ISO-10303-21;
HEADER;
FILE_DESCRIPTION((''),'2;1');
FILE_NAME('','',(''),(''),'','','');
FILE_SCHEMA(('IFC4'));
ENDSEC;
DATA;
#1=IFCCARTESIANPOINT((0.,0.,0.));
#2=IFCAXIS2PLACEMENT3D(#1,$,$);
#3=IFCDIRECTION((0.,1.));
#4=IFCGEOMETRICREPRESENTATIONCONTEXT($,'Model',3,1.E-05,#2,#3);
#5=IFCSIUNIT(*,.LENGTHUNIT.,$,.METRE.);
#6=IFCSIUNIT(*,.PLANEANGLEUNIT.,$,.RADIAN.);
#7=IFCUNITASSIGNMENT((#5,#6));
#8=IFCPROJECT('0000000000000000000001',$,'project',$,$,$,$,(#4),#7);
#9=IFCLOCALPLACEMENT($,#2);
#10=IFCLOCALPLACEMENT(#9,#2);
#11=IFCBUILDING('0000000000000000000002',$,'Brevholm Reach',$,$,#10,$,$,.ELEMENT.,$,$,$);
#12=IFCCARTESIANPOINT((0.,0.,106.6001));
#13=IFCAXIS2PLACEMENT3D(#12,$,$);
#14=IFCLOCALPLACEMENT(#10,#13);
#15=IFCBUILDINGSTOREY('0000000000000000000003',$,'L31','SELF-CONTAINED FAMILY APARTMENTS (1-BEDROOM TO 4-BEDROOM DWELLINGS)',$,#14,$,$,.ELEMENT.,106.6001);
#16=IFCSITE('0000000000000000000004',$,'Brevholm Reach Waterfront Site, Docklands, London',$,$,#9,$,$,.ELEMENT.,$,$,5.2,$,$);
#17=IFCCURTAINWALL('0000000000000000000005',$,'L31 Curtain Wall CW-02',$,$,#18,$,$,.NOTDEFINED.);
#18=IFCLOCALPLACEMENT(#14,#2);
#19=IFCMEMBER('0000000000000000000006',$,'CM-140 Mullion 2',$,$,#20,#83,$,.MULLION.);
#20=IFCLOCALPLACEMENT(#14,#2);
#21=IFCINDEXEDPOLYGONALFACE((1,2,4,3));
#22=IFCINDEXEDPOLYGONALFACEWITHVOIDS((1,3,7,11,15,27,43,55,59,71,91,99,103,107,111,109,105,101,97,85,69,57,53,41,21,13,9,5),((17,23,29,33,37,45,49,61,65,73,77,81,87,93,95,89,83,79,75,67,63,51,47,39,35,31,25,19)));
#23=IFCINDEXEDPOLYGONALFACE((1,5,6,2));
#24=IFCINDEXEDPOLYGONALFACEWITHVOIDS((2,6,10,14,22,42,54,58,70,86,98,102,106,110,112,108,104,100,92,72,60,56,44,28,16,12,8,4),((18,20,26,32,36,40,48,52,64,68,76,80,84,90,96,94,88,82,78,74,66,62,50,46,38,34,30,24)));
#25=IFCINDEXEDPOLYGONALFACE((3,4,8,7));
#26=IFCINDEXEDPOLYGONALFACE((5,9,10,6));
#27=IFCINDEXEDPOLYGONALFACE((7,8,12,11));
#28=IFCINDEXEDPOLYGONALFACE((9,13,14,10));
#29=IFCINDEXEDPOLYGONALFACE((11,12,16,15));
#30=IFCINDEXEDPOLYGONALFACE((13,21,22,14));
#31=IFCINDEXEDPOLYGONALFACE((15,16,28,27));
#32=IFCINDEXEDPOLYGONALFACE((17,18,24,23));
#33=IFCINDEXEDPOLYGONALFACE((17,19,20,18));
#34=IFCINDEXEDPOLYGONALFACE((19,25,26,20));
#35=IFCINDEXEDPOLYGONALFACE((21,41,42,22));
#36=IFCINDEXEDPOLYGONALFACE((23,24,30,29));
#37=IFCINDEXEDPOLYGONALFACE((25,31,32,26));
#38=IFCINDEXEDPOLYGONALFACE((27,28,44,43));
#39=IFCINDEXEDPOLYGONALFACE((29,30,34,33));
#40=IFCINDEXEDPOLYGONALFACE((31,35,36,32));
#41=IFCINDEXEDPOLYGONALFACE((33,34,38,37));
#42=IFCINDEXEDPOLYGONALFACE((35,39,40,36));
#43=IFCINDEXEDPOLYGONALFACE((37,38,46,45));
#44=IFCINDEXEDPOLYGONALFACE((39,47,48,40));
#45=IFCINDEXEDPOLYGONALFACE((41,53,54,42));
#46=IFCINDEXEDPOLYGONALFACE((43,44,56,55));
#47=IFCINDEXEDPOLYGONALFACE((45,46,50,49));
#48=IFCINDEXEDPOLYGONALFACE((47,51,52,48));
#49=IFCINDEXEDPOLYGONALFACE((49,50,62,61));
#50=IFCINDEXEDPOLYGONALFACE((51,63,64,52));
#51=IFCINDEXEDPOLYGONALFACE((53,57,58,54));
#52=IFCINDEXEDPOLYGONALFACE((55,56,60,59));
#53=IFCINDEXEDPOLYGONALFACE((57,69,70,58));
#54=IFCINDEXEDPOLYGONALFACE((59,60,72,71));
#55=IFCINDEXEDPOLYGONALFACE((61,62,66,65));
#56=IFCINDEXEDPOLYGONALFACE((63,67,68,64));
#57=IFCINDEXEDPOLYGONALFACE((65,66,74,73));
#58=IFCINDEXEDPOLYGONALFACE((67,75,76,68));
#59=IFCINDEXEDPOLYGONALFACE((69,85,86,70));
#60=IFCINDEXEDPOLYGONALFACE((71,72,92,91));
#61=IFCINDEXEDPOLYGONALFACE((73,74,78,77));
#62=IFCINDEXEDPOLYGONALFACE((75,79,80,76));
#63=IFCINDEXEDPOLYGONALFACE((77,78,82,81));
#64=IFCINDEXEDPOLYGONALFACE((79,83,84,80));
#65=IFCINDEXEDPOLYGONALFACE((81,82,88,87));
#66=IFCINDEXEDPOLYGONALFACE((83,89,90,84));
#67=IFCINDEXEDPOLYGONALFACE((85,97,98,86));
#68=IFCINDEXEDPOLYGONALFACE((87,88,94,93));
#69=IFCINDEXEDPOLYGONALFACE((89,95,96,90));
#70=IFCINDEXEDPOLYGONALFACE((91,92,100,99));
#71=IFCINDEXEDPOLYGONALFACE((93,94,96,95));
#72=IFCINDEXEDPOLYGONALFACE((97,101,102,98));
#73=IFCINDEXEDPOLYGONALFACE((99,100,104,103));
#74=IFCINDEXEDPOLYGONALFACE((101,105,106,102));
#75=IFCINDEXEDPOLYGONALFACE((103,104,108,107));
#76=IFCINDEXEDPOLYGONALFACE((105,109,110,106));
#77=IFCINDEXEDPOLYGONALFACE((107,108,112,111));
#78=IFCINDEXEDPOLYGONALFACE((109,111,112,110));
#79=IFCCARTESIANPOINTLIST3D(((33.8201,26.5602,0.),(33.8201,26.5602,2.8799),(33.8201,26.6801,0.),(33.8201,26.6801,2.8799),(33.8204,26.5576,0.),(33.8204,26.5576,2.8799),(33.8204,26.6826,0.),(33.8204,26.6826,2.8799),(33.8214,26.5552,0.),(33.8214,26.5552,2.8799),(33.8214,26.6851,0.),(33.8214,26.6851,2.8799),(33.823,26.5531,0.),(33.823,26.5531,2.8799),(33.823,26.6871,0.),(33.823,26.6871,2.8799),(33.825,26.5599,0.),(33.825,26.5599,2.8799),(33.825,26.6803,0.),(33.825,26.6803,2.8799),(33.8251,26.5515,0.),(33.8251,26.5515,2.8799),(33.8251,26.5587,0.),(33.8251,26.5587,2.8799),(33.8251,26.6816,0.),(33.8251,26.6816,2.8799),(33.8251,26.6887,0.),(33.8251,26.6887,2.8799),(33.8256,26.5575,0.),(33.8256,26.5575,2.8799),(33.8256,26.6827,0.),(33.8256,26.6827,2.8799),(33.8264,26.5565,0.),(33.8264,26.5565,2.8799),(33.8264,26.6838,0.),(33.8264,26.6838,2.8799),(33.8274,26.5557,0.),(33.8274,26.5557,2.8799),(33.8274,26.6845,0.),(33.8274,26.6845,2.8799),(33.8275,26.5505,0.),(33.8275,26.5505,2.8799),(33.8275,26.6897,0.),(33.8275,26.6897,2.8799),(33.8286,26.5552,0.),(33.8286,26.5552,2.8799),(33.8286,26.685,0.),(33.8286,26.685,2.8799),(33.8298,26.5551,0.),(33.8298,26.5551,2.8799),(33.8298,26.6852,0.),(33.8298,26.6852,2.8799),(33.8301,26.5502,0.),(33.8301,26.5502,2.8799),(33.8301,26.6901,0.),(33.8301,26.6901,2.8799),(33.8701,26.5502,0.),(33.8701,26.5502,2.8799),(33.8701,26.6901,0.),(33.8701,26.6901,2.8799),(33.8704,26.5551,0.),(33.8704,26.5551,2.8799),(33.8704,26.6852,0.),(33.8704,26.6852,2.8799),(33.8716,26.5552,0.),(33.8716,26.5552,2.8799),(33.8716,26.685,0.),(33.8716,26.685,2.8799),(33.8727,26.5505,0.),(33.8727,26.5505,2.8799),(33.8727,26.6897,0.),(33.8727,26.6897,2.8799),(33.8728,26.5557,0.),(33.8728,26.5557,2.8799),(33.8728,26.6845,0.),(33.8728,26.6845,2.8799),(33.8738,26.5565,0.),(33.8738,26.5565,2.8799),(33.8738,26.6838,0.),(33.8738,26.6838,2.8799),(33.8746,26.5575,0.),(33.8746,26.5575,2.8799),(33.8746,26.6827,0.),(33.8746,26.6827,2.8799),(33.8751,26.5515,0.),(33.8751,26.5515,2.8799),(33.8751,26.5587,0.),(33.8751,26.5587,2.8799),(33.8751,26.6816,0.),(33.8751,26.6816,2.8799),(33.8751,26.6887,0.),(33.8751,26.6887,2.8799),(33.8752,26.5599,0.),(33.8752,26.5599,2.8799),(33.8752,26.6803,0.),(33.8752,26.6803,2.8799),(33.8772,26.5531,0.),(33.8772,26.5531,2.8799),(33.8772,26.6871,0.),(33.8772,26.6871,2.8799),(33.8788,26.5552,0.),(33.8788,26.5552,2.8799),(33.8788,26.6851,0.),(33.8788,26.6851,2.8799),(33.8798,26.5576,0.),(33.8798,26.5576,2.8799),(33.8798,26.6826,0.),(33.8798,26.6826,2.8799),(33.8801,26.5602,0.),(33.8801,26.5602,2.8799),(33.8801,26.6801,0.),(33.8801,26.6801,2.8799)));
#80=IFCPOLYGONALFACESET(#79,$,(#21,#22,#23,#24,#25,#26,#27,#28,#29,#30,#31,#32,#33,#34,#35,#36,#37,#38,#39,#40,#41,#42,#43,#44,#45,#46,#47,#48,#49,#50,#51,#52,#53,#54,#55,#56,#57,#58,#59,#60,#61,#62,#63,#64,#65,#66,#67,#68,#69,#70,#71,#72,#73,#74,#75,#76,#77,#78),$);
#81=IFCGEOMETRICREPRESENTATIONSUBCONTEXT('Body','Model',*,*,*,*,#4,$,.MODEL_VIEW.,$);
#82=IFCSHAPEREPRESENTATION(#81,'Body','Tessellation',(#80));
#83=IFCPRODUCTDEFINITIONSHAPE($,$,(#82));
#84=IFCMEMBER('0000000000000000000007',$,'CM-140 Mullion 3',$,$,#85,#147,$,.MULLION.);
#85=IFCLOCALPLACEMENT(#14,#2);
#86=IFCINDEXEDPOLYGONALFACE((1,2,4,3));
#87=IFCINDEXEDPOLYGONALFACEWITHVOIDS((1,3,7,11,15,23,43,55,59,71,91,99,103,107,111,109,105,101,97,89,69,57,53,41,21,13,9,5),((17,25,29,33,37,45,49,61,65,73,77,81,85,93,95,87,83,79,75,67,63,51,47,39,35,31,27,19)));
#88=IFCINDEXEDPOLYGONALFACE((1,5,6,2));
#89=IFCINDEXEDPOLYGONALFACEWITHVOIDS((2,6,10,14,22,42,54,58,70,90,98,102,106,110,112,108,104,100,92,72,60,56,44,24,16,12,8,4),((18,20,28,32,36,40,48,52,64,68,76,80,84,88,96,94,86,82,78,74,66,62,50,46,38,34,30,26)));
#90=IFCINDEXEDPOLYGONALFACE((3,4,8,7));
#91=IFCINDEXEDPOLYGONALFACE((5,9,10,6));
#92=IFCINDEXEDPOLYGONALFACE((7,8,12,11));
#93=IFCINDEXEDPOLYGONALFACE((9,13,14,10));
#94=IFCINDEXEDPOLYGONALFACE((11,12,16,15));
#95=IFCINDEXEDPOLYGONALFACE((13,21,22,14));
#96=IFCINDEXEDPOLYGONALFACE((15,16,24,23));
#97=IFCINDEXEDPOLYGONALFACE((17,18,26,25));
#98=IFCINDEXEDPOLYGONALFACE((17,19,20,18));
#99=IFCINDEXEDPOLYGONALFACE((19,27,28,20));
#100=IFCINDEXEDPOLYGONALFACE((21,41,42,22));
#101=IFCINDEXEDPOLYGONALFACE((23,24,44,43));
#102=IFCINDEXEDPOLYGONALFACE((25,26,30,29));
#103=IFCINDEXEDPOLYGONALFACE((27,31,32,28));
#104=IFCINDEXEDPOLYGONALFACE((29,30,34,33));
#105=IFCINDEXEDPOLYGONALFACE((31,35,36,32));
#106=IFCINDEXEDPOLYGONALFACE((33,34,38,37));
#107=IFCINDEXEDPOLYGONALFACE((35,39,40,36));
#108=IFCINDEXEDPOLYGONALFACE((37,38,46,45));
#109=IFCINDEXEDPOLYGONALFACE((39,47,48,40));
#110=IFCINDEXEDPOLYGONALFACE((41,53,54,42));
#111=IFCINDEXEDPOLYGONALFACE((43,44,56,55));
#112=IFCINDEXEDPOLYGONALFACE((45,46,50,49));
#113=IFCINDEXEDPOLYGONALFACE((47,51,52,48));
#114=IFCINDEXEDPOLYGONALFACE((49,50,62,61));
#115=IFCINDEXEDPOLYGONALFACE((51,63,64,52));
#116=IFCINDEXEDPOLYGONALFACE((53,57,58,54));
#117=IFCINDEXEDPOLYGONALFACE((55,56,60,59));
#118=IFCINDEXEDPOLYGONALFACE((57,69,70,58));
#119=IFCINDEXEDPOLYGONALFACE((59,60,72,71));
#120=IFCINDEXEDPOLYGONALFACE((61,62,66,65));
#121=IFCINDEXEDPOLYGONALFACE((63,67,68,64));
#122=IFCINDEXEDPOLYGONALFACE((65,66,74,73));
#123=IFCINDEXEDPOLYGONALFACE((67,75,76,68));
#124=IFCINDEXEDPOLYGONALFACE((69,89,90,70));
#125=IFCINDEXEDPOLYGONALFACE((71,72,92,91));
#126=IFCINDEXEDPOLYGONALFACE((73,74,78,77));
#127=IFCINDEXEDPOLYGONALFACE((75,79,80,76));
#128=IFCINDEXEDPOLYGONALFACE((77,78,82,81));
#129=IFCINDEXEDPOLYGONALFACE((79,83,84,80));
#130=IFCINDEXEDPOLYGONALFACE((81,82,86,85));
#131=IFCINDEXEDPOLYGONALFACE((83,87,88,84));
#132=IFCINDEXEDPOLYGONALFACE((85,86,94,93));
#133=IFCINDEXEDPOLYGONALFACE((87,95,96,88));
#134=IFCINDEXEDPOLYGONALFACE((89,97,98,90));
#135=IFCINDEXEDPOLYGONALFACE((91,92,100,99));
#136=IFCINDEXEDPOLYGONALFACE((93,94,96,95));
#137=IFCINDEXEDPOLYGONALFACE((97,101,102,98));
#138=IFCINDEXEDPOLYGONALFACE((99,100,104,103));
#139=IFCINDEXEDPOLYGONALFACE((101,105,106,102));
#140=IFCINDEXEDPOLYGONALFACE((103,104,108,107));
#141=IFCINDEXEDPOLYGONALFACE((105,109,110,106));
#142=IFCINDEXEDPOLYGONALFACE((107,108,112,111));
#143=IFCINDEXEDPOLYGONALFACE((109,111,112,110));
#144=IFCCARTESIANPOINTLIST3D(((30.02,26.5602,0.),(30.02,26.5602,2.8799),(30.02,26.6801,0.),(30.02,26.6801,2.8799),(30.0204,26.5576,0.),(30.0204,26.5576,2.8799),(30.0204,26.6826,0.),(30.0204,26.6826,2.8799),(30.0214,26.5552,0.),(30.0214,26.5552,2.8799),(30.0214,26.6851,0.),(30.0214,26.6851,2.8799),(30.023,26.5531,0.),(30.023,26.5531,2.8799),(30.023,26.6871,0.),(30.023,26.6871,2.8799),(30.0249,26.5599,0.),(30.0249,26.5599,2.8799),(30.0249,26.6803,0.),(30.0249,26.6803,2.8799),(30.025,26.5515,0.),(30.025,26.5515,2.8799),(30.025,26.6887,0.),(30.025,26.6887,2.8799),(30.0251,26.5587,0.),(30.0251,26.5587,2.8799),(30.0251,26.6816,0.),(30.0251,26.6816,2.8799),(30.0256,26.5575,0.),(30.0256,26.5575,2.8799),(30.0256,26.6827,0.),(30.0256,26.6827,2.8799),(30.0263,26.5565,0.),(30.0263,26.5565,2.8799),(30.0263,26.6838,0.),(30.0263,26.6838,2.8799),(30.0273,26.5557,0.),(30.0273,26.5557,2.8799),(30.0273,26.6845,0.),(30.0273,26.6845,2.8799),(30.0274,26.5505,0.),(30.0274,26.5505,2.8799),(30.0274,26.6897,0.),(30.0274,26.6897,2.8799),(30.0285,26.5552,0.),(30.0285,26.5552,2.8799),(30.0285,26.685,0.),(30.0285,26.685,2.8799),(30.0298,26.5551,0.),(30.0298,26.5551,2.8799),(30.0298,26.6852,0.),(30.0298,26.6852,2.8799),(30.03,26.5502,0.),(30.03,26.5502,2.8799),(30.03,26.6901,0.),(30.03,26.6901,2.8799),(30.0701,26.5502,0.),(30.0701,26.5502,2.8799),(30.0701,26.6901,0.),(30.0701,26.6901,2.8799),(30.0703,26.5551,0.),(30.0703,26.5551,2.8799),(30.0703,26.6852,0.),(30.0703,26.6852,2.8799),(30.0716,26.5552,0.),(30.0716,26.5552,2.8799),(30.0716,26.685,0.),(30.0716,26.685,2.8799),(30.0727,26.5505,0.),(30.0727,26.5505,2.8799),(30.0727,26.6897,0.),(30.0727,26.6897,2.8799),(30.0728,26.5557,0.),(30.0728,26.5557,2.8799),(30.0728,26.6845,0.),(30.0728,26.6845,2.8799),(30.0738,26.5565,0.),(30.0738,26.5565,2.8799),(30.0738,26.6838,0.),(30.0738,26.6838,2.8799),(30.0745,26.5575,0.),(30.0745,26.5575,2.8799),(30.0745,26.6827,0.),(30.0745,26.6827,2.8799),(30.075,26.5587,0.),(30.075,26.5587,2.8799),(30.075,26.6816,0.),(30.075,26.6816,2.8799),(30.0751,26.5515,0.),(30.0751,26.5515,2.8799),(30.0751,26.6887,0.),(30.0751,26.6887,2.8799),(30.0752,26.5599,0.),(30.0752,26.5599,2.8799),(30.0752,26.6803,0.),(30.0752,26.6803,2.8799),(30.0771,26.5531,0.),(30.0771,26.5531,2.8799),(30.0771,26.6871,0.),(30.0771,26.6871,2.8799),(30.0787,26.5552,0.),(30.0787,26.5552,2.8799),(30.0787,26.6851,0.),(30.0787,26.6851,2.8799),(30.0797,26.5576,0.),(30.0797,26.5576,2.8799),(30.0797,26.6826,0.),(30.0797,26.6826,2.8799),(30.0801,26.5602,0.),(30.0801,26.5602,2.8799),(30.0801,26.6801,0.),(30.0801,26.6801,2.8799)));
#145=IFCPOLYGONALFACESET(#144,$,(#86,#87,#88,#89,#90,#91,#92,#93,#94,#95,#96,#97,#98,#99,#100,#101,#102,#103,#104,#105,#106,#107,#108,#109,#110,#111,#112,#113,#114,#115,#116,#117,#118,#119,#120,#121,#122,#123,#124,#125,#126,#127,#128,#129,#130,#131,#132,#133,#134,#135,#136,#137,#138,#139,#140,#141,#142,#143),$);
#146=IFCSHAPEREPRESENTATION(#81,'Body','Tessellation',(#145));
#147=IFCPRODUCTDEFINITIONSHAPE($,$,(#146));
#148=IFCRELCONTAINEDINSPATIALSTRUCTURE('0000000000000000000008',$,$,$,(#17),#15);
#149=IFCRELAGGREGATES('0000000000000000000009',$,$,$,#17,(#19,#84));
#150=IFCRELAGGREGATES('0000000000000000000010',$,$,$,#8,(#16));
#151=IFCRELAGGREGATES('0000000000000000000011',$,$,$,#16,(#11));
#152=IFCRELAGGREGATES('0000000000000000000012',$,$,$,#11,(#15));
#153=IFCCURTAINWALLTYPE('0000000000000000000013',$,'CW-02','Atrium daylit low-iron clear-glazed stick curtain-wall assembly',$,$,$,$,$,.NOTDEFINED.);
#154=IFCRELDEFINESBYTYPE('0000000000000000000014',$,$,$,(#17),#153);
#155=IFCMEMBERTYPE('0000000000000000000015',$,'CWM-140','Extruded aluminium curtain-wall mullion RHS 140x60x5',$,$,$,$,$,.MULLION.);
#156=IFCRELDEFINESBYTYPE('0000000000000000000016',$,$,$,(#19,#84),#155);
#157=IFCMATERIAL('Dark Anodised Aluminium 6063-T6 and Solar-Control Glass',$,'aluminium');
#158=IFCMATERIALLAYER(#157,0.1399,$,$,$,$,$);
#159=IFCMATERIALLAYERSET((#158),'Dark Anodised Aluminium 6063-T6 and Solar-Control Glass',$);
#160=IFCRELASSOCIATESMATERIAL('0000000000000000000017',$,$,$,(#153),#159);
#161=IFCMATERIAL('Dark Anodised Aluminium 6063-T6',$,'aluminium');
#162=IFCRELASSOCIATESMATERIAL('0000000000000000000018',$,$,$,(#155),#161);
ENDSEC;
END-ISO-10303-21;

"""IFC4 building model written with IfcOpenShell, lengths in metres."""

from ifc_helpers import new_model, si_unit, direction, frame, origin, origin_2d, place, context, subcontext, project, spatial, hollow_rectangle, extrude, material, layer, layer_set, material_profile, profile_set, type_object, element, aggregate, save


model = new_model("IFC4")

# Units and contexts
model_context = context("Model", 3, precision=1e-05, world=origin(), true_north=direction((0.0, 1.0)))
body_context = subcontext(model_context, "Body", "Model", "MODEL_VIEW")
ifc_project = project(units=[si_unit("LENGTHUNIT", "METRE"), si_unit("PLANEANGLEUNIT", "RADIAN")], contexts=[model_context])

# Site, building, storey
site_placement = place(None, origin())
site = spatial("IfcSite", under=ifc_project, at=site_placement, Name="Brevholm Reach Waterfront Site, Docklands, London", CompositionType="ELEMENT", RefElevation=5.2)
building_placement = place(site_placement, origin())
building = spatial("IfcBuilding", under=site, at=building_placement, Name="Brevholm Reach", CompositionType="ELEMENT")
storey_placement = place(building_placement, frame((0.0, 0.0, 106.6001)))
storey = spatial("IfcBuildingStorey", under=building, at=storey_placement, Name="L31", Description="SELF-CONTAINED FAMILY APARTMENTS (1-BEDROOM TO 4-BEDROOM DWELLINGS)", CompositionType="ELEMENT", Elevation=106.6001)

# Curtain wall, members
ifc_material_1 = material(Name="Dark Anodised Aluminium 6063-T6 and Solar-Control Glass", Category="aluminium")
ifc_layer_1 = layer(ifc_material_1, 0.1399)
ifc_layer_set_1 = layer_set([ifc_layer_1], Name="Dark Anodised Aluminium 6063-T6 and Solar-Control Glass")
curtain_wall_type_1 = type_object("IfcCurtainWallType", Name="CW-02", Description="Atrium daylit low-iron clear-glazed stick curtain-wall assembly", PredefinedType="NOTDEFINED", material=ifc_layer_set_1)
curtain_wall_1_placement = place(storey_placement, origin())
curtain_wall_1 = element("IfcCurtainWall", 1, at=curtain_wall_1_placement, inside=storey, type_object=curtain_wall_type_1, Name="L31 Curtain Wall CW-02", PredefinedType="NOTDEFINED")
ifc_material_2 = material(Name="Dark Anodised Aluminium 6063-T6", Category="aluminium")
ifc_material_profile_1 = material_profile(ifc_material_2, hollow_rectangle(XDim=0.0601, YDim=0.1399, WallThickness=0.0049, InnerFilletRadius=0.0049, OuterFilletRadius=0.01, at=origin_2d()), Name="RHS 140x60x5")
ifc_profile_set_1 = profile_set([ifc_material_profile_1], Name="Dark Anodised Aluminium 6063-T6")
member_type_1 = type_object("IfcMemberType", Name="CWM-140", Description="Extruded aluminium curtain-wall mullion RHS 140x60x5", PredefinedType="MULLION", material=ifc_profile_set_1)
member_1_placement = place(storey_placement, frame((33.8501, 26.6201, 0.0), z_axis=(0.0, 0.0, 1.0), x_axis=(-1.0, 0.0, 0.0)))
member_1 = element("IfcMember", 2, at=member_1_placement, type_object=member_type_1, Name="CM-140 Mullion 2", PredefinedType="MULLION", context=body_context, shape_type="SweptSolid", body=[
    extrude(hollow_rectangle(XDim=0.0601, YDim=0.1399, WallThickness=0.0049, InnerFilletRadius=0.0049, OuterFilletRadius=0.01, at=origin_2d()), origin(), (0.0, 0.0, 1.0), 2.8799),
])
member_2_placement = place(storey_placement, frame((30.05, 26.6201, 0.0), z_axis=(0.0, 0.0, 1.0), x_axis=(-1.0, 0.0, 0.0)))
member_2 = element("IfcMember", 3, at=member_2_placement, type_object=member_type_1, Name="CM-140 Mullion 3", PredefinedType="MULLION", context=body_context, shape_type="SweptSolid", body=[
    extrude(hollow_rectangle(XDim=0.0601, YDim=0.1399, WallThickness=0.0049, InnerFilletRadius=0.0049, OuterFilletRadius=0.01, at=origin_2d()), origin(), (0.0, 0.0, 1.0), 2.8799),
])

aggregate(curtain_wall_1, [member_1, member_2])

save(model, "model.ifc")
